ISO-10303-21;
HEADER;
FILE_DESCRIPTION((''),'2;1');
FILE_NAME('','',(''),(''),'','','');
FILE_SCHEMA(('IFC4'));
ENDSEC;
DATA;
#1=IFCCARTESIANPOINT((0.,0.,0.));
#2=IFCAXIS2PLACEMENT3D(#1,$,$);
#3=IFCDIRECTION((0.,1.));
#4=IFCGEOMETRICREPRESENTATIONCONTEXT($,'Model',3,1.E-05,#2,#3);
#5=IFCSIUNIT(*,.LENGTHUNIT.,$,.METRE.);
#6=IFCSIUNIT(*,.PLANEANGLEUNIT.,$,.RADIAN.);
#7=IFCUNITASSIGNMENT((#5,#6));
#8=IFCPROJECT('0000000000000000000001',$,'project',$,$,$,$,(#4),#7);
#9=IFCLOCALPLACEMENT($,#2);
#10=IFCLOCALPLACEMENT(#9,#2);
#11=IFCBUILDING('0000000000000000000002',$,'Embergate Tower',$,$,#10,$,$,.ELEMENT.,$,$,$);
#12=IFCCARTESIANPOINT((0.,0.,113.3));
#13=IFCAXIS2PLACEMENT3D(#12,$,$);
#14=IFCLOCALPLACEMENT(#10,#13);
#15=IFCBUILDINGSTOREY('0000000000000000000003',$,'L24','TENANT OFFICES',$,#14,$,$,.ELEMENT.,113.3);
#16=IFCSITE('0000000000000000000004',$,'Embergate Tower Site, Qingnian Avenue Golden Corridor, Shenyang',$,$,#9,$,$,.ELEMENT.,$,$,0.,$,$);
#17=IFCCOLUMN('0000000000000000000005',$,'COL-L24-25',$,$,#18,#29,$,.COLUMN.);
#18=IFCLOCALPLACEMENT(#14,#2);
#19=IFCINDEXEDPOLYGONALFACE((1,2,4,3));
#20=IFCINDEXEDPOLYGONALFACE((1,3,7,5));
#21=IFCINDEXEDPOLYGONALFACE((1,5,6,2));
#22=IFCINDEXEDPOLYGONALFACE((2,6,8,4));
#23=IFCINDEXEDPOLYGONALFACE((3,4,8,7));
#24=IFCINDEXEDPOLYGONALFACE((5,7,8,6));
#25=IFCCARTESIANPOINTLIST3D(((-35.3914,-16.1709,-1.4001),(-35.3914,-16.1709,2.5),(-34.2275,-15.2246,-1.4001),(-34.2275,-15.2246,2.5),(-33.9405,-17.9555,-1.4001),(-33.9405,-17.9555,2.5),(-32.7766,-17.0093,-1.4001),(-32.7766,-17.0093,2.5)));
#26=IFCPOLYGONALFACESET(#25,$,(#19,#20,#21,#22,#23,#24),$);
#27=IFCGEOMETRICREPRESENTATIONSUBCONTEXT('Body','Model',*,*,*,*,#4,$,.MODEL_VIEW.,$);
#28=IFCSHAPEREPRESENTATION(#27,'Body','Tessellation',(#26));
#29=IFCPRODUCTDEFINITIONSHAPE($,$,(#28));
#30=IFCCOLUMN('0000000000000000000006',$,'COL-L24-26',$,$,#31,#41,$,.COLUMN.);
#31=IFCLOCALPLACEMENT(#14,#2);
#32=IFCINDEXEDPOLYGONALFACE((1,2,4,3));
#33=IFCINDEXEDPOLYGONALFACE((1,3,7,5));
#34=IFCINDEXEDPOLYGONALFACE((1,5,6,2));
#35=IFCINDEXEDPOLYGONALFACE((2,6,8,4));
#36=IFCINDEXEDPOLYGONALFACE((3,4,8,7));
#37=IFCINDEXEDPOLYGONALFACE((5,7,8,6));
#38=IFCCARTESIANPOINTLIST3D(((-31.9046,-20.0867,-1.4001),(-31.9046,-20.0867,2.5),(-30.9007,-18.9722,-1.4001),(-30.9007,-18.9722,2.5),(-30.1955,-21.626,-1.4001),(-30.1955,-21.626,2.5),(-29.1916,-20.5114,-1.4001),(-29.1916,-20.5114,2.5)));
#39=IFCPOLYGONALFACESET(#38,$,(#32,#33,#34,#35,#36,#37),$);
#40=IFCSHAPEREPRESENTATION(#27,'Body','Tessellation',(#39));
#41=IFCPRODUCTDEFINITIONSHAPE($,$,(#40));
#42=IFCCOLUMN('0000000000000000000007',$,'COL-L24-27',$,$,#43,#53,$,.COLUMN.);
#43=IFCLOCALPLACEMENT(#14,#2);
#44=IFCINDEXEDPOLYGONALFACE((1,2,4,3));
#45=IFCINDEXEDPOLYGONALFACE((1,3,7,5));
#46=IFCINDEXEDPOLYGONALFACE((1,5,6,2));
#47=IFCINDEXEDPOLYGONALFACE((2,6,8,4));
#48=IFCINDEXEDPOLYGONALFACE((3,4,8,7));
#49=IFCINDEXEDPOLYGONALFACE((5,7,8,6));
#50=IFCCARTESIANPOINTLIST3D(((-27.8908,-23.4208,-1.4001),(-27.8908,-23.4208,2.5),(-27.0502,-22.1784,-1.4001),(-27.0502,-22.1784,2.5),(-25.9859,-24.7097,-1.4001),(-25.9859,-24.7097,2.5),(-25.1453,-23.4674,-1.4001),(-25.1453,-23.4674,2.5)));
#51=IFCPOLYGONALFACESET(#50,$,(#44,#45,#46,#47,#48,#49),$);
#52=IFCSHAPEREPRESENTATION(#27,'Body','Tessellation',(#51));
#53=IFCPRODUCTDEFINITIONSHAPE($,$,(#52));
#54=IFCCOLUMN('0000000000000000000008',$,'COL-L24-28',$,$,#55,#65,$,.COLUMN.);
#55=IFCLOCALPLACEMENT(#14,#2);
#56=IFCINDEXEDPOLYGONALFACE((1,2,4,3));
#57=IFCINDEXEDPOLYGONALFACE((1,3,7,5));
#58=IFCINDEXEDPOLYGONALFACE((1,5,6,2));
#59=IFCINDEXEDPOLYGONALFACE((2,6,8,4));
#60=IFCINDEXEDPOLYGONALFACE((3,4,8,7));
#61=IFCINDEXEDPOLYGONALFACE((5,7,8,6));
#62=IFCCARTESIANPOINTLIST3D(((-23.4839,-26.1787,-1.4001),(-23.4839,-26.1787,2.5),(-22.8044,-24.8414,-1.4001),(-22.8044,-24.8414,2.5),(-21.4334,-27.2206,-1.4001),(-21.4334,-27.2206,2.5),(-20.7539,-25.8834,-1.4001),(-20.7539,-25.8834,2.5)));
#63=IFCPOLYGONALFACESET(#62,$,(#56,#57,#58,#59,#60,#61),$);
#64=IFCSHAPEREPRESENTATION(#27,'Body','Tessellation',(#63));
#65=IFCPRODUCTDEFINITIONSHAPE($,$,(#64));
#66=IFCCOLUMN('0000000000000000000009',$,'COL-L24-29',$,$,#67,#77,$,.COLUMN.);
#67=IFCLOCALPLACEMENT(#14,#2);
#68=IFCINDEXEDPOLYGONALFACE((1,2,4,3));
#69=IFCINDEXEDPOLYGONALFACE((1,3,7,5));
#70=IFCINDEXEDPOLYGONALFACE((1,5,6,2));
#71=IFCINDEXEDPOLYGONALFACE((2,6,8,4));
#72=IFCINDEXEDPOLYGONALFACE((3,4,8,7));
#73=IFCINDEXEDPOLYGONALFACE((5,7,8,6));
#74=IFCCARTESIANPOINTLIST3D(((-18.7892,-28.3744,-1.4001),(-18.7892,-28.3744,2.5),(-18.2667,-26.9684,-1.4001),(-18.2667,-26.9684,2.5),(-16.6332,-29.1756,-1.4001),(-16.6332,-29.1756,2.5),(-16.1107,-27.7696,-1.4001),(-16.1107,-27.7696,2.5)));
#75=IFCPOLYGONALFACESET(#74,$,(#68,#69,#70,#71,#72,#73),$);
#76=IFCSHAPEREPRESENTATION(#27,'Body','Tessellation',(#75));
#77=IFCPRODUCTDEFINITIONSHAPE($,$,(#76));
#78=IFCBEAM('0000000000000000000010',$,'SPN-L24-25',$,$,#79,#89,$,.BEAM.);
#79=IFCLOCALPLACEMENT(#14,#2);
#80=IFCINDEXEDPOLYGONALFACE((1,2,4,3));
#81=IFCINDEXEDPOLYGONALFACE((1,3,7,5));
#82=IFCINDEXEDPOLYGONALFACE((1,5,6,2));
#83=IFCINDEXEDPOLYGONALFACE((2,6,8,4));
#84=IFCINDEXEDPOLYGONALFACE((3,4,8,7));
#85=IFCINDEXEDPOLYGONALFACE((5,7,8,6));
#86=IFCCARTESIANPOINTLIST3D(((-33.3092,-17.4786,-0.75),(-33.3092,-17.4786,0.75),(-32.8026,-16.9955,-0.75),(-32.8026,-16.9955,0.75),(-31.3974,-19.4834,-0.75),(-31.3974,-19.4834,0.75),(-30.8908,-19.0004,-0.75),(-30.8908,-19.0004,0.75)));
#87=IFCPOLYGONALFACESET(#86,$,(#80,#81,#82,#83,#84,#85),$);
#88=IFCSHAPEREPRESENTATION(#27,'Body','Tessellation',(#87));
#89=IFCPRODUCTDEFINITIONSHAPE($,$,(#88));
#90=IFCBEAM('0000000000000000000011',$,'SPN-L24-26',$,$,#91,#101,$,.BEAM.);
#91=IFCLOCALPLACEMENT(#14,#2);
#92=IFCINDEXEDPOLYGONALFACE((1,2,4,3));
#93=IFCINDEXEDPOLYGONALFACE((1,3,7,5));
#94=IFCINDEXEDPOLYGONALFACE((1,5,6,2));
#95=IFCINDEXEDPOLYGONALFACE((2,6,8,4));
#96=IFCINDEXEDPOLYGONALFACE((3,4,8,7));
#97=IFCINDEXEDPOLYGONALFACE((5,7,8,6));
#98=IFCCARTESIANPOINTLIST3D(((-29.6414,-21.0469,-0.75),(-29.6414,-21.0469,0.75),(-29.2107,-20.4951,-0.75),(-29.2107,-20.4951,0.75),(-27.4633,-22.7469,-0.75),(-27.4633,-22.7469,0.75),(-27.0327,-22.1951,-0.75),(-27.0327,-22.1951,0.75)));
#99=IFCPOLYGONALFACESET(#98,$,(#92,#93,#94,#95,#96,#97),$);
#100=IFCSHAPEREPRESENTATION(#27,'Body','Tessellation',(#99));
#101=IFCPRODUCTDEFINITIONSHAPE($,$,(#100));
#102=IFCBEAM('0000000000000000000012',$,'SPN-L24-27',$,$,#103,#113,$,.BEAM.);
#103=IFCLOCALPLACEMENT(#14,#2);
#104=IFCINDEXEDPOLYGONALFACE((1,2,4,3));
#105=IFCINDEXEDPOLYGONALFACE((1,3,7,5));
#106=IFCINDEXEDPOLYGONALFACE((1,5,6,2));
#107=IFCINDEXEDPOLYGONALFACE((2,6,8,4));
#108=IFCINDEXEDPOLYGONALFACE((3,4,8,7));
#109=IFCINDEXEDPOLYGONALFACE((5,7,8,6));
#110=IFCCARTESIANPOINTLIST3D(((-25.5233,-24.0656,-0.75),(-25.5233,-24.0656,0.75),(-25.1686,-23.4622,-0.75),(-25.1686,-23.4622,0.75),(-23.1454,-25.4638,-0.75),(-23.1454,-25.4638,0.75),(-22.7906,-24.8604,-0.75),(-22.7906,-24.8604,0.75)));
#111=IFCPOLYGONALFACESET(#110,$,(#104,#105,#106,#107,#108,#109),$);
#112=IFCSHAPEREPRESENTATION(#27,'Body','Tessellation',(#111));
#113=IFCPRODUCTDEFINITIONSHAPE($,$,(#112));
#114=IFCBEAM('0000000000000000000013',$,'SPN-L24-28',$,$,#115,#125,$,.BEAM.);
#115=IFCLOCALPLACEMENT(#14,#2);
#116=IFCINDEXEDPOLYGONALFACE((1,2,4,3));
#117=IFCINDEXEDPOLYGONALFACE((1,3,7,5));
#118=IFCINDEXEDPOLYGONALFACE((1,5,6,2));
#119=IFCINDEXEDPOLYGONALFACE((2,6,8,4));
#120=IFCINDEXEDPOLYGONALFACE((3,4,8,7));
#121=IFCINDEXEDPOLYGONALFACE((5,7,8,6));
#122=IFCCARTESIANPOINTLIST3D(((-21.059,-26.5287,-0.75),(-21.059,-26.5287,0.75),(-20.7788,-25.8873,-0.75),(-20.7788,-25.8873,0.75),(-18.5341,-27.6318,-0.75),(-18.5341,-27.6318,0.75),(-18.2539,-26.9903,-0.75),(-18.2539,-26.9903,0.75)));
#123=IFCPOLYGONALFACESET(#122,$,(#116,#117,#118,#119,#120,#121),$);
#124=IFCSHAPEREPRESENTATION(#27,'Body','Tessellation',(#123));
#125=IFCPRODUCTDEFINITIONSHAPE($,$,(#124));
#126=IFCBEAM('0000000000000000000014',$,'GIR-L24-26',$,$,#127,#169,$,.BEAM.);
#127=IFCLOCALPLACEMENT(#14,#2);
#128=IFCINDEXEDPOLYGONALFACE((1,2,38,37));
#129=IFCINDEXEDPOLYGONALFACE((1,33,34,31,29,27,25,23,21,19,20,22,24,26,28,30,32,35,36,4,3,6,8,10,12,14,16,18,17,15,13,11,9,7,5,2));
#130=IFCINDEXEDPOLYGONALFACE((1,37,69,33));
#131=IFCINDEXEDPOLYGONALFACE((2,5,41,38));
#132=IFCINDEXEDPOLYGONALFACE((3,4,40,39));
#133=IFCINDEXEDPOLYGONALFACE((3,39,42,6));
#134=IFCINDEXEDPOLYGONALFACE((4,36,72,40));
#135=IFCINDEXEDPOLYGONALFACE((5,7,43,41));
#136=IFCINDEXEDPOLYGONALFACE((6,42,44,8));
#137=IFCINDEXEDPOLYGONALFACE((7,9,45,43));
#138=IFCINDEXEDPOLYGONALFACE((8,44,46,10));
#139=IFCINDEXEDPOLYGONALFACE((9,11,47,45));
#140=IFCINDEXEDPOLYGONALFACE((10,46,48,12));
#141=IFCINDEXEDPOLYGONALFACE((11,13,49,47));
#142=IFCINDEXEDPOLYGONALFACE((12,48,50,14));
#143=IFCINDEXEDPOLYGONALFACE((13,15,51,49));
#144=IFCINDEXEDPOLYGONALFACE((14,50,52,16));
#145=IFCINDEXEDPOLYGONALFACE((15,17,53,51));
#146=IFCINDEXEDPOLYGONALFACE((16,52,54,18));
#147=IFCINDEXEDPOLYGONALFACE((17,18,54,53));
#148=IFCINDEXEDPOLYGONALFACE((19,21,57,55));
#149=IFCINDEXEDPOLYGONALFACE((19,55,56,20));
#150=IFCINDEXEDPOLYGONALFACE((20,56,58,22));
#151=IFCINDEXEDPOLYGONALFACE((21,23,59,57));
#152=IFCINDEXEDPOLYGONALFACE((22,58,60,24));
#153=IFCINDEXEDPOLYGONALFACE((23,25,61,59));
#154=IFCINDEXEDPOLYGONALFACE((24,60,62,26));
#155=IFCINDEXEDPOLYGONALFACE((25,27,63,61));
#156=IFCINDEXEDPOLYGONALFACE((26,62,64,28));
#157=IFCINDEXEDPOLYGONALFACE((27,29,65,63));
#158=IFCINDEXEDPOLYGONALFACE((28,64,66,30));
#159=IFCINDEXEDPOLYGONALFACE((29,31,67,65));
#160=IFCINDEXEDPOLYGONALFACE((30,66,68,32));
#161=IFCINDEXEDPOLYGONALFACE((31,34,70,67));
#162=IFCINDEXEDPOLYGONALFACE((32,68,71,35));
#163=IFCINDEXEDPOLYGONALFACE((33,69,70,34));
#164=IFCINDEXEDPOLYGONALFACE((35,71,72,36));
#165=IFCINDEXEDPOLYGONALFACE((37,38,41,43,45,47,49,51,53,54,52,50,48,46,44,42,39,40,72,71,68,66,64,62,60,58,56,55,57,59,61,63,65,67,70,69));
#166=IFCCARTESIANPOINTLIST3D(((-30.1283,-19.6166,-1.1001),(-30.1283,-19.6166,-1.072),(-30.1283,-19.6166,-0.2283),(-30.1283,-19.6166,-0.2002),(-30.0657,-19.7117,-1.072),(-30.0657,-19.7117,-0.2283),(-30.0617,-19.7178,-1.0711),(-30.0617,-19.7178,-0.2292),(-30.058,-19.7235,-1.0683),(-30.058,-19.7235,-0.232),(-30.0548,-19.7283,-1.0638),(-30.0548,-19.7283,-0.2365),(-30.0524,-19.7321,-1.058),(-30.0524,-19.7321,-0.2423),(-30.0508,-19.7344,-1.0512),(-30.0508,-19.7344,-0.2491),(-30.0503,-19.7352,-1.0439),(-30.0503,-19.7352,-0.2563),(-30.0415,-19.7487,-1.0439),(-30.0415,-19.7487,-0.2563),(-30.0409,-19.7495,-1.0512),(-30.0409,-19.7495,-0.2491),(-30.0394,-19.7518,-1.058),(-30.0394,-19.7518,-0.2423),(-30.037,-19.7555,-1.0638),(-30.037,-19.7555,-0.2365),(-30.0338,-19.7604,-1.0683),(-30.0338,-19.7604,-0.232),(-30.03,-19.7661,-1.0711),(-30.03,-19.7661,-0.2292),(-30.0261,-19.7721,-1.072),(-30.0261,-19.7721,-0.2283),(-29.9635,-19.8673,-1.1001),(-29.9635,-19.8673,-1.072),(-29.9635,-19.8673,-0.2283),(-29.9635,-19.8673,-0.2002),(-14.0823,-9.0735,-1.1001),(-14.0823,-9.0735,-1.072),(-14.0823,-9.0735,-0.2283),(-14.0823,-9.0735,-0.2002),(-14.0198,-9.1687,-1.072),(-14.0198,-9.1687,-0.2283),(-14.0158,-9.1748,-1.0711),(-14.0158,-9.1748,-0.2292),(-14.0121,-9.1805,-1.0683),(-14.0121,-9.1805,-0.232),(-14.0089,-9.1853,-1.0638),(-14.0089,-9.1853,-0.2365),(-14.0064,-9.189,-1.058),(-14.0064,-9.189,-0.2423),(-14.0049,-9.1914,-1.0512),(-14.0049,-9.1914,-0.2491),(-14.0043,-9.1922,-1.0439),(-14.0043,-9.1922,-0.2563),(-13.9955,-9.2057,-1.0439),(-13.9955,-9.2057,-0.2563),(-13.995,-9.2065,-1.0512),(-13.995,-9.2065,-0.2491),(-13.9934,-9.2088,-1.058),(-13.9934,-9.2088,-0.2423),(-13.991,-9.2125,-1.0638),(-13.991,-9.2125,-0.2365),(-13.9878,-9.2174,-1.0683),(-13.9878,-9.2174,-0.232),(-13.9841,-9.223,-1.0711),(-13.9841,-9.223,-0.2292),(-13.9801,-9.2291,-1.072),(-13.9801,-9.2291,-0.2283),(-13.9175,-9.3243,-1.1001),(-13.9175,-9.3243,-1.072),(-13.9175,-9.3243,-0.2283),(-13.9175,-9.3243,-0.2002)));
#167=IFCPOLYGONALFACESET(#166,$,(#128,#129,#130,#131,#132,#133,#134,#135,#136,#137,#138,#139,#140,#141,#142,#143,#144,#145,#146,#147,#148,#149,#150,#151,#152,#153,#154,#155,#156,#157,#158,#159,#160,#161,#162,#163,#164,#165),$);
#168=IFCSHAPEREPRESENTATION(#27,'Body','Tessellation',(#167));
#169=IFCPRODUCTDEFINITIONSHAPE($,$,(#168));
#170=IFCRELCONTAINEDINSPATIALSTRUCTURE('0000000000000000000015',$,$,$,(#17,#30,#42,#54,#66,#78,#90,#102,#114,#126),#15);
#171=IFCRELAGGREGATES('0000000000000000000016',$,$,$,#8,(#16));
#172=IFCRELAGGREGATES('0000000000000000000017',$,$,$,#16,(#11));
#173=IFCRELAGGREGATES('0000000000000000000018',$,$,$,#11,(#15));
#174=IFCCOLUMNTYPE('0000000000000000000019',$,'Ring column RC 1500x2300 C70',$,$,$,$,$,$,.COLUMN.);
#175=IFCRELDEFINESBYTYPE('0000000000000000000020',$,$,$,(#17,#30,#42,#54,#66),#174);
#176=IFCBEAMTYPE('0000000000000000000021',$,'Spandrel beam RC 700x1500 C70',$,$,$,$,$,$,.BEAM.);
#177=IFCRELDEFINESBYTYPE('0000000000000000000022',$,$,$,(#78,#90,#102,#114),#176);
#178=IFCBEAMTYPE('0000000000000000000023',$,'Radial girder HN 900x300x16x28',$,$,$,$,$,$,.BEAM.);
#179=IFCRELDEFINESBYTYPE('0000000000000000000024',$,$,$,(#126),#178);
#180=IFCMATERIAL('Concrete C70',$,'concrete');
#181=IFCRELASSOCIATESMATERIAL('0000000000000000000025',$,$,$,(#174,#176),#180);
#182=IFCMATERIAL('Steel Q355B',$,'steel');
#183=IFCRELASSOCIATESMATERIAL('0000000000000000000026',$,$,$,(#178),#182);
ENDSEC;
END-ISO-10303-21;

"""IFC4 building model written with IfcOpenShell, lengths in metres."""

from ifc_helpers import new_model, si_unit, direction, frame, origin, origin_2d, place, context, subcontext, project, spatial, rectangle, i_section, extrude, source, transform, mapped, material, material_profile, profile_set, type_object, element, save


model = new_model("IFC4")

# Units and contexts
model_context = context("Model", 3, precision=1e-05, world=origin(), true_north=direction((0.0, 1.0)))
body_context = subcontext(model_context, "Body", "Model", "MODEL_VIEW")
ifc_project = project(units=[si_unit("LENGTHUNIT", "METRE"), si_unit("PLANEANGLEUNIT", "RADIAN")], contexts=[model_context])

# Site, building, storey
site_placement = place(None, origin())
site = spatial("IfcSite", under=ifc_project, at=site_placement, Name="Embergate Tower Site, Qingnian Avenue Golden Corridor, Shenyang", CompositionType="ELEMENT", RefElevation=0.0)
building_placement = place(site_placement, origin())
building = spatial("IfcBuilding", under=site, at=building_placement, Name="Embergate Tower", CompositionType="ELEMENT")
storey_placement = place(building_placement, frame((0.0, 0.0, 113.3)))
storey = spatial("IfcBuildingStorey", under=building, at=storey_placement, Name="L24", Description="TENANT OFFICES", CompositionType="ELEMENT", Elevation=113.3)

# Columns
ifc_material_1 = material(Name="Concrete C70", Category="concrete")
ifc_material_profile_1 = material_profile(ifc_material_1, rectangle(XDim=1.5, YDim=2.3, at=origin_2d()), Name="RC 1500x2300")
ifc_profile_set_1 = profile_set([ifc_material_profile_1], Name="Concrete C70")
column_type = type_object("IfcColumnType", Name="Ring column RC 1500x2300 C70", PredefinedType="COLUMN", material=ifc_profile_set_1)
shared_shape_1 = source(origin(), body_context, "Body", "SweptSolid", [
    extrude(rectangle(XDim=1.5, YDim=2.3, at=origin_2d()), origin(), (0.0, 0.0, 1.0), 3.9001),
])
for number, where, z_axis, x_axis, name in (
    (1, (-34.084, -16.5901, -1.4001), (0.0, 0.0, 1.0), (-0.775925, -0.630825, 0.0), "COL-L24-25"),
    (2, (-30.5481, -20.2991, -1.4001), (0.0, 0.0, 1.0), (-0.669221, -0.743063, 0.0), "COL-L24-26"),
    (3, (-26.5181, -23.4441, -1.4001), (0.0, 0.0, 1.0), (-0.560408, -0.828217, 0.0), "COL-L24-27"),
    (4, (-22.1189, -26.031, -1.4001), (0.0, 0.0, 1.0), (-0.453011, -0.891505, 0.0), "COL-L24-28"),
    (5, (-17.45, -28.072, -1.4001), (0.0, 0.0, 1.0), (-0.348343, -0.937367, 0.0), "COL-L24-29"),
):
    element("IfcColumn", number, at=place(storey_placement, frame(where, z_axis=z_axis, x_axis=x_axis)), inside=storey, type_object=column_type, Name=name, PredefinedType="COLUMN", context=body_context, shape_type="MappedRepresentation", body=[
        mapped(shared_shape_1, transform((0.0, 0.0, 0.0))),
    ])

# Beams
ifc_material_profile_2 = material_profile(ifc_material_1, rectangle(XDim=0.7, YDim=1.5, at=origin_2d()), Name="RC 700x1500")
ifc_profile_set_2 = profile_set([ifc_material_profile_2], Name="Concrete C70")
beam_type_1 = type_object("IfcBeamType", Name="Spandrel beam RC 700x1500 C70", PredefinedType="BEAM", material=ifc_profile_set_2)
shared_shape_2 = source(origin(), body_context, "Body", "SweptSolid", [
    extrude(rectangle(XDim=0.7, YDim=1.5, at=origin_2d()), origin(), (0.0, 0.0, 1.0), 2.7703),
])
beam_1_placement = place(storey_placement, frame((-33.0559, -17.2371, 0.0), z_axis=(0.690119, -0.723696, 0.0), x_axis=(0.723696, 0.690119, 0.0)))
element("IfcBeam", 6, at=beam_1_placement, inside=storey, type_object=beam_type_1, Name="SPN-L24-25", PredefinedType="BEAM", context=body_context, shape_type="MappedRepresentation", body=[
    mapped(shared_shape_2, transform((0.0, 0.0, 0.0))),
])
shared_shape_3 = source(origin(), body_context, "Body", "SweptSolid", [
    extrude(rectangle(XDim=0.7, YDim=1.5, at=origin_2d()), origin(), (0.0, 0.0, 1.0), 2.7629),
])
beam_2_placement = place(storey_placement, frame((-29.426, -20.771, 0.0), z_axis=(0.788304, -0.615286, 0.0), x_axis=(0.615286, 0.788304, 0.0)))
element("IfcBeam", 7, at=beam_2_placement, inside=storey, type_object=beam_type_1, Name="SPN-L24-26", PredefinedType="BEAM", context=body_context, shape_type="MappedRepresentation", body=[
    mapped(shared_shape_3, transform((0.0, 0.0, 0.0))),
])
shared_shape_4 = source(origin(), body_context, "Body", "SweptSolid", [
    extrude(rectangle(XDim=0.7, YDim=1.5, at=origin_2d()), origin(), (0.0, 0.0, 1.0), 2.7585),
])
beam_3_placement = place(storey_placement, frame((-25.3459, -23.7639, 0.0), z_axis=(0.862027, -0.506862, 0.0), x_axis=(0.506862, 0.862027, 0.0)))
element("IfcBeam", 8, at=beam_3_placement, inside=storey, type_object=beam_type_1, Name="SPN-L24-27", PredefinedType="BEAM", context=body_context, shape_type="MappedRepresentation", body=[
    mapped(shared_shape_4, transform((0.0, 0.0, 0.0))),
])
shared_shape_5 = source(origin(), body_context, "Body", "SweptSolid", [
    extrude(rectangle(XDim=0.7, YDim=1.5, at=origin_2d()), origin(), (0.0, 0.0, 1.0), 2.7554),
])
beam_4_placement = place(storey_placement, frame((-20.9189, -26.208, 0.0), z_axis=(0.916373, -0.400326, 0.0), x_axis=(0.400326, 0.916373, 0.0)))
element("IfcBeam", 9, at=beam_4_placement, inside=storey, type_object=beam_type_1, Name="SPN-L24-28", PredefinedType="BEAM", context=body_context, shape_type="MappedRepresentation", body=[
    mapped(shared_shape_5, transform((0.0, 0.0, 0.0))),
])
ifc_material_2 = material(Name="Steel Q355B", Category="steel")
ifc_material_profile_3 = material_profile(ifc_material_2, i_section(OverallWidth=0.3, OverallDepth=0.8999, WebThickness=0.0161, FlangeThickness=0.0281, FilletRadius=0.0281, at=origin_2d()), Name="HN 900x300x16x28")
ifc_profile_set_3 = profile_set([ifc_material_profile_3], Name="Steel Q355 grade B")
beam_type_2 = type_object("IfcBeamType", Name="Radial girder HN 900x300x16x28", PredefinedType="BEAM", material=ifc_profile_set_3)
shared_shape_6 = source(origin(), body_context, "Body", "SweptSolid", [
    extrude(i_section(OverallWidth=0.3, OverallDepth=0.8999, WebThickness=0.0161, FlangeThickness=0.0281, FilletRadius=0.0281, at=origin_2d()), origin(), (0.0, 0.0, 1.0), 19.1997),
])
beam_5_placement = place(storey_placement, frame((-30.0459, -19.7419, -0.6501), z_axis=(0.835741, 0.549124, 0.0), x_axis=(-0.549124, 0.835741, 0.0)))
element("IfcBeam", 10, at=beam_5_placement, inside=storey, type_object=beam_type_2, Name="GIR-L24-26", PredefinedType="BEAM", context=body_context, shape_type="MappedRepresentation", body=[
    mapped(shared_shape_6, transform((0.0, 0.0, 0.0))),
])

save(model, "model.ifc")
